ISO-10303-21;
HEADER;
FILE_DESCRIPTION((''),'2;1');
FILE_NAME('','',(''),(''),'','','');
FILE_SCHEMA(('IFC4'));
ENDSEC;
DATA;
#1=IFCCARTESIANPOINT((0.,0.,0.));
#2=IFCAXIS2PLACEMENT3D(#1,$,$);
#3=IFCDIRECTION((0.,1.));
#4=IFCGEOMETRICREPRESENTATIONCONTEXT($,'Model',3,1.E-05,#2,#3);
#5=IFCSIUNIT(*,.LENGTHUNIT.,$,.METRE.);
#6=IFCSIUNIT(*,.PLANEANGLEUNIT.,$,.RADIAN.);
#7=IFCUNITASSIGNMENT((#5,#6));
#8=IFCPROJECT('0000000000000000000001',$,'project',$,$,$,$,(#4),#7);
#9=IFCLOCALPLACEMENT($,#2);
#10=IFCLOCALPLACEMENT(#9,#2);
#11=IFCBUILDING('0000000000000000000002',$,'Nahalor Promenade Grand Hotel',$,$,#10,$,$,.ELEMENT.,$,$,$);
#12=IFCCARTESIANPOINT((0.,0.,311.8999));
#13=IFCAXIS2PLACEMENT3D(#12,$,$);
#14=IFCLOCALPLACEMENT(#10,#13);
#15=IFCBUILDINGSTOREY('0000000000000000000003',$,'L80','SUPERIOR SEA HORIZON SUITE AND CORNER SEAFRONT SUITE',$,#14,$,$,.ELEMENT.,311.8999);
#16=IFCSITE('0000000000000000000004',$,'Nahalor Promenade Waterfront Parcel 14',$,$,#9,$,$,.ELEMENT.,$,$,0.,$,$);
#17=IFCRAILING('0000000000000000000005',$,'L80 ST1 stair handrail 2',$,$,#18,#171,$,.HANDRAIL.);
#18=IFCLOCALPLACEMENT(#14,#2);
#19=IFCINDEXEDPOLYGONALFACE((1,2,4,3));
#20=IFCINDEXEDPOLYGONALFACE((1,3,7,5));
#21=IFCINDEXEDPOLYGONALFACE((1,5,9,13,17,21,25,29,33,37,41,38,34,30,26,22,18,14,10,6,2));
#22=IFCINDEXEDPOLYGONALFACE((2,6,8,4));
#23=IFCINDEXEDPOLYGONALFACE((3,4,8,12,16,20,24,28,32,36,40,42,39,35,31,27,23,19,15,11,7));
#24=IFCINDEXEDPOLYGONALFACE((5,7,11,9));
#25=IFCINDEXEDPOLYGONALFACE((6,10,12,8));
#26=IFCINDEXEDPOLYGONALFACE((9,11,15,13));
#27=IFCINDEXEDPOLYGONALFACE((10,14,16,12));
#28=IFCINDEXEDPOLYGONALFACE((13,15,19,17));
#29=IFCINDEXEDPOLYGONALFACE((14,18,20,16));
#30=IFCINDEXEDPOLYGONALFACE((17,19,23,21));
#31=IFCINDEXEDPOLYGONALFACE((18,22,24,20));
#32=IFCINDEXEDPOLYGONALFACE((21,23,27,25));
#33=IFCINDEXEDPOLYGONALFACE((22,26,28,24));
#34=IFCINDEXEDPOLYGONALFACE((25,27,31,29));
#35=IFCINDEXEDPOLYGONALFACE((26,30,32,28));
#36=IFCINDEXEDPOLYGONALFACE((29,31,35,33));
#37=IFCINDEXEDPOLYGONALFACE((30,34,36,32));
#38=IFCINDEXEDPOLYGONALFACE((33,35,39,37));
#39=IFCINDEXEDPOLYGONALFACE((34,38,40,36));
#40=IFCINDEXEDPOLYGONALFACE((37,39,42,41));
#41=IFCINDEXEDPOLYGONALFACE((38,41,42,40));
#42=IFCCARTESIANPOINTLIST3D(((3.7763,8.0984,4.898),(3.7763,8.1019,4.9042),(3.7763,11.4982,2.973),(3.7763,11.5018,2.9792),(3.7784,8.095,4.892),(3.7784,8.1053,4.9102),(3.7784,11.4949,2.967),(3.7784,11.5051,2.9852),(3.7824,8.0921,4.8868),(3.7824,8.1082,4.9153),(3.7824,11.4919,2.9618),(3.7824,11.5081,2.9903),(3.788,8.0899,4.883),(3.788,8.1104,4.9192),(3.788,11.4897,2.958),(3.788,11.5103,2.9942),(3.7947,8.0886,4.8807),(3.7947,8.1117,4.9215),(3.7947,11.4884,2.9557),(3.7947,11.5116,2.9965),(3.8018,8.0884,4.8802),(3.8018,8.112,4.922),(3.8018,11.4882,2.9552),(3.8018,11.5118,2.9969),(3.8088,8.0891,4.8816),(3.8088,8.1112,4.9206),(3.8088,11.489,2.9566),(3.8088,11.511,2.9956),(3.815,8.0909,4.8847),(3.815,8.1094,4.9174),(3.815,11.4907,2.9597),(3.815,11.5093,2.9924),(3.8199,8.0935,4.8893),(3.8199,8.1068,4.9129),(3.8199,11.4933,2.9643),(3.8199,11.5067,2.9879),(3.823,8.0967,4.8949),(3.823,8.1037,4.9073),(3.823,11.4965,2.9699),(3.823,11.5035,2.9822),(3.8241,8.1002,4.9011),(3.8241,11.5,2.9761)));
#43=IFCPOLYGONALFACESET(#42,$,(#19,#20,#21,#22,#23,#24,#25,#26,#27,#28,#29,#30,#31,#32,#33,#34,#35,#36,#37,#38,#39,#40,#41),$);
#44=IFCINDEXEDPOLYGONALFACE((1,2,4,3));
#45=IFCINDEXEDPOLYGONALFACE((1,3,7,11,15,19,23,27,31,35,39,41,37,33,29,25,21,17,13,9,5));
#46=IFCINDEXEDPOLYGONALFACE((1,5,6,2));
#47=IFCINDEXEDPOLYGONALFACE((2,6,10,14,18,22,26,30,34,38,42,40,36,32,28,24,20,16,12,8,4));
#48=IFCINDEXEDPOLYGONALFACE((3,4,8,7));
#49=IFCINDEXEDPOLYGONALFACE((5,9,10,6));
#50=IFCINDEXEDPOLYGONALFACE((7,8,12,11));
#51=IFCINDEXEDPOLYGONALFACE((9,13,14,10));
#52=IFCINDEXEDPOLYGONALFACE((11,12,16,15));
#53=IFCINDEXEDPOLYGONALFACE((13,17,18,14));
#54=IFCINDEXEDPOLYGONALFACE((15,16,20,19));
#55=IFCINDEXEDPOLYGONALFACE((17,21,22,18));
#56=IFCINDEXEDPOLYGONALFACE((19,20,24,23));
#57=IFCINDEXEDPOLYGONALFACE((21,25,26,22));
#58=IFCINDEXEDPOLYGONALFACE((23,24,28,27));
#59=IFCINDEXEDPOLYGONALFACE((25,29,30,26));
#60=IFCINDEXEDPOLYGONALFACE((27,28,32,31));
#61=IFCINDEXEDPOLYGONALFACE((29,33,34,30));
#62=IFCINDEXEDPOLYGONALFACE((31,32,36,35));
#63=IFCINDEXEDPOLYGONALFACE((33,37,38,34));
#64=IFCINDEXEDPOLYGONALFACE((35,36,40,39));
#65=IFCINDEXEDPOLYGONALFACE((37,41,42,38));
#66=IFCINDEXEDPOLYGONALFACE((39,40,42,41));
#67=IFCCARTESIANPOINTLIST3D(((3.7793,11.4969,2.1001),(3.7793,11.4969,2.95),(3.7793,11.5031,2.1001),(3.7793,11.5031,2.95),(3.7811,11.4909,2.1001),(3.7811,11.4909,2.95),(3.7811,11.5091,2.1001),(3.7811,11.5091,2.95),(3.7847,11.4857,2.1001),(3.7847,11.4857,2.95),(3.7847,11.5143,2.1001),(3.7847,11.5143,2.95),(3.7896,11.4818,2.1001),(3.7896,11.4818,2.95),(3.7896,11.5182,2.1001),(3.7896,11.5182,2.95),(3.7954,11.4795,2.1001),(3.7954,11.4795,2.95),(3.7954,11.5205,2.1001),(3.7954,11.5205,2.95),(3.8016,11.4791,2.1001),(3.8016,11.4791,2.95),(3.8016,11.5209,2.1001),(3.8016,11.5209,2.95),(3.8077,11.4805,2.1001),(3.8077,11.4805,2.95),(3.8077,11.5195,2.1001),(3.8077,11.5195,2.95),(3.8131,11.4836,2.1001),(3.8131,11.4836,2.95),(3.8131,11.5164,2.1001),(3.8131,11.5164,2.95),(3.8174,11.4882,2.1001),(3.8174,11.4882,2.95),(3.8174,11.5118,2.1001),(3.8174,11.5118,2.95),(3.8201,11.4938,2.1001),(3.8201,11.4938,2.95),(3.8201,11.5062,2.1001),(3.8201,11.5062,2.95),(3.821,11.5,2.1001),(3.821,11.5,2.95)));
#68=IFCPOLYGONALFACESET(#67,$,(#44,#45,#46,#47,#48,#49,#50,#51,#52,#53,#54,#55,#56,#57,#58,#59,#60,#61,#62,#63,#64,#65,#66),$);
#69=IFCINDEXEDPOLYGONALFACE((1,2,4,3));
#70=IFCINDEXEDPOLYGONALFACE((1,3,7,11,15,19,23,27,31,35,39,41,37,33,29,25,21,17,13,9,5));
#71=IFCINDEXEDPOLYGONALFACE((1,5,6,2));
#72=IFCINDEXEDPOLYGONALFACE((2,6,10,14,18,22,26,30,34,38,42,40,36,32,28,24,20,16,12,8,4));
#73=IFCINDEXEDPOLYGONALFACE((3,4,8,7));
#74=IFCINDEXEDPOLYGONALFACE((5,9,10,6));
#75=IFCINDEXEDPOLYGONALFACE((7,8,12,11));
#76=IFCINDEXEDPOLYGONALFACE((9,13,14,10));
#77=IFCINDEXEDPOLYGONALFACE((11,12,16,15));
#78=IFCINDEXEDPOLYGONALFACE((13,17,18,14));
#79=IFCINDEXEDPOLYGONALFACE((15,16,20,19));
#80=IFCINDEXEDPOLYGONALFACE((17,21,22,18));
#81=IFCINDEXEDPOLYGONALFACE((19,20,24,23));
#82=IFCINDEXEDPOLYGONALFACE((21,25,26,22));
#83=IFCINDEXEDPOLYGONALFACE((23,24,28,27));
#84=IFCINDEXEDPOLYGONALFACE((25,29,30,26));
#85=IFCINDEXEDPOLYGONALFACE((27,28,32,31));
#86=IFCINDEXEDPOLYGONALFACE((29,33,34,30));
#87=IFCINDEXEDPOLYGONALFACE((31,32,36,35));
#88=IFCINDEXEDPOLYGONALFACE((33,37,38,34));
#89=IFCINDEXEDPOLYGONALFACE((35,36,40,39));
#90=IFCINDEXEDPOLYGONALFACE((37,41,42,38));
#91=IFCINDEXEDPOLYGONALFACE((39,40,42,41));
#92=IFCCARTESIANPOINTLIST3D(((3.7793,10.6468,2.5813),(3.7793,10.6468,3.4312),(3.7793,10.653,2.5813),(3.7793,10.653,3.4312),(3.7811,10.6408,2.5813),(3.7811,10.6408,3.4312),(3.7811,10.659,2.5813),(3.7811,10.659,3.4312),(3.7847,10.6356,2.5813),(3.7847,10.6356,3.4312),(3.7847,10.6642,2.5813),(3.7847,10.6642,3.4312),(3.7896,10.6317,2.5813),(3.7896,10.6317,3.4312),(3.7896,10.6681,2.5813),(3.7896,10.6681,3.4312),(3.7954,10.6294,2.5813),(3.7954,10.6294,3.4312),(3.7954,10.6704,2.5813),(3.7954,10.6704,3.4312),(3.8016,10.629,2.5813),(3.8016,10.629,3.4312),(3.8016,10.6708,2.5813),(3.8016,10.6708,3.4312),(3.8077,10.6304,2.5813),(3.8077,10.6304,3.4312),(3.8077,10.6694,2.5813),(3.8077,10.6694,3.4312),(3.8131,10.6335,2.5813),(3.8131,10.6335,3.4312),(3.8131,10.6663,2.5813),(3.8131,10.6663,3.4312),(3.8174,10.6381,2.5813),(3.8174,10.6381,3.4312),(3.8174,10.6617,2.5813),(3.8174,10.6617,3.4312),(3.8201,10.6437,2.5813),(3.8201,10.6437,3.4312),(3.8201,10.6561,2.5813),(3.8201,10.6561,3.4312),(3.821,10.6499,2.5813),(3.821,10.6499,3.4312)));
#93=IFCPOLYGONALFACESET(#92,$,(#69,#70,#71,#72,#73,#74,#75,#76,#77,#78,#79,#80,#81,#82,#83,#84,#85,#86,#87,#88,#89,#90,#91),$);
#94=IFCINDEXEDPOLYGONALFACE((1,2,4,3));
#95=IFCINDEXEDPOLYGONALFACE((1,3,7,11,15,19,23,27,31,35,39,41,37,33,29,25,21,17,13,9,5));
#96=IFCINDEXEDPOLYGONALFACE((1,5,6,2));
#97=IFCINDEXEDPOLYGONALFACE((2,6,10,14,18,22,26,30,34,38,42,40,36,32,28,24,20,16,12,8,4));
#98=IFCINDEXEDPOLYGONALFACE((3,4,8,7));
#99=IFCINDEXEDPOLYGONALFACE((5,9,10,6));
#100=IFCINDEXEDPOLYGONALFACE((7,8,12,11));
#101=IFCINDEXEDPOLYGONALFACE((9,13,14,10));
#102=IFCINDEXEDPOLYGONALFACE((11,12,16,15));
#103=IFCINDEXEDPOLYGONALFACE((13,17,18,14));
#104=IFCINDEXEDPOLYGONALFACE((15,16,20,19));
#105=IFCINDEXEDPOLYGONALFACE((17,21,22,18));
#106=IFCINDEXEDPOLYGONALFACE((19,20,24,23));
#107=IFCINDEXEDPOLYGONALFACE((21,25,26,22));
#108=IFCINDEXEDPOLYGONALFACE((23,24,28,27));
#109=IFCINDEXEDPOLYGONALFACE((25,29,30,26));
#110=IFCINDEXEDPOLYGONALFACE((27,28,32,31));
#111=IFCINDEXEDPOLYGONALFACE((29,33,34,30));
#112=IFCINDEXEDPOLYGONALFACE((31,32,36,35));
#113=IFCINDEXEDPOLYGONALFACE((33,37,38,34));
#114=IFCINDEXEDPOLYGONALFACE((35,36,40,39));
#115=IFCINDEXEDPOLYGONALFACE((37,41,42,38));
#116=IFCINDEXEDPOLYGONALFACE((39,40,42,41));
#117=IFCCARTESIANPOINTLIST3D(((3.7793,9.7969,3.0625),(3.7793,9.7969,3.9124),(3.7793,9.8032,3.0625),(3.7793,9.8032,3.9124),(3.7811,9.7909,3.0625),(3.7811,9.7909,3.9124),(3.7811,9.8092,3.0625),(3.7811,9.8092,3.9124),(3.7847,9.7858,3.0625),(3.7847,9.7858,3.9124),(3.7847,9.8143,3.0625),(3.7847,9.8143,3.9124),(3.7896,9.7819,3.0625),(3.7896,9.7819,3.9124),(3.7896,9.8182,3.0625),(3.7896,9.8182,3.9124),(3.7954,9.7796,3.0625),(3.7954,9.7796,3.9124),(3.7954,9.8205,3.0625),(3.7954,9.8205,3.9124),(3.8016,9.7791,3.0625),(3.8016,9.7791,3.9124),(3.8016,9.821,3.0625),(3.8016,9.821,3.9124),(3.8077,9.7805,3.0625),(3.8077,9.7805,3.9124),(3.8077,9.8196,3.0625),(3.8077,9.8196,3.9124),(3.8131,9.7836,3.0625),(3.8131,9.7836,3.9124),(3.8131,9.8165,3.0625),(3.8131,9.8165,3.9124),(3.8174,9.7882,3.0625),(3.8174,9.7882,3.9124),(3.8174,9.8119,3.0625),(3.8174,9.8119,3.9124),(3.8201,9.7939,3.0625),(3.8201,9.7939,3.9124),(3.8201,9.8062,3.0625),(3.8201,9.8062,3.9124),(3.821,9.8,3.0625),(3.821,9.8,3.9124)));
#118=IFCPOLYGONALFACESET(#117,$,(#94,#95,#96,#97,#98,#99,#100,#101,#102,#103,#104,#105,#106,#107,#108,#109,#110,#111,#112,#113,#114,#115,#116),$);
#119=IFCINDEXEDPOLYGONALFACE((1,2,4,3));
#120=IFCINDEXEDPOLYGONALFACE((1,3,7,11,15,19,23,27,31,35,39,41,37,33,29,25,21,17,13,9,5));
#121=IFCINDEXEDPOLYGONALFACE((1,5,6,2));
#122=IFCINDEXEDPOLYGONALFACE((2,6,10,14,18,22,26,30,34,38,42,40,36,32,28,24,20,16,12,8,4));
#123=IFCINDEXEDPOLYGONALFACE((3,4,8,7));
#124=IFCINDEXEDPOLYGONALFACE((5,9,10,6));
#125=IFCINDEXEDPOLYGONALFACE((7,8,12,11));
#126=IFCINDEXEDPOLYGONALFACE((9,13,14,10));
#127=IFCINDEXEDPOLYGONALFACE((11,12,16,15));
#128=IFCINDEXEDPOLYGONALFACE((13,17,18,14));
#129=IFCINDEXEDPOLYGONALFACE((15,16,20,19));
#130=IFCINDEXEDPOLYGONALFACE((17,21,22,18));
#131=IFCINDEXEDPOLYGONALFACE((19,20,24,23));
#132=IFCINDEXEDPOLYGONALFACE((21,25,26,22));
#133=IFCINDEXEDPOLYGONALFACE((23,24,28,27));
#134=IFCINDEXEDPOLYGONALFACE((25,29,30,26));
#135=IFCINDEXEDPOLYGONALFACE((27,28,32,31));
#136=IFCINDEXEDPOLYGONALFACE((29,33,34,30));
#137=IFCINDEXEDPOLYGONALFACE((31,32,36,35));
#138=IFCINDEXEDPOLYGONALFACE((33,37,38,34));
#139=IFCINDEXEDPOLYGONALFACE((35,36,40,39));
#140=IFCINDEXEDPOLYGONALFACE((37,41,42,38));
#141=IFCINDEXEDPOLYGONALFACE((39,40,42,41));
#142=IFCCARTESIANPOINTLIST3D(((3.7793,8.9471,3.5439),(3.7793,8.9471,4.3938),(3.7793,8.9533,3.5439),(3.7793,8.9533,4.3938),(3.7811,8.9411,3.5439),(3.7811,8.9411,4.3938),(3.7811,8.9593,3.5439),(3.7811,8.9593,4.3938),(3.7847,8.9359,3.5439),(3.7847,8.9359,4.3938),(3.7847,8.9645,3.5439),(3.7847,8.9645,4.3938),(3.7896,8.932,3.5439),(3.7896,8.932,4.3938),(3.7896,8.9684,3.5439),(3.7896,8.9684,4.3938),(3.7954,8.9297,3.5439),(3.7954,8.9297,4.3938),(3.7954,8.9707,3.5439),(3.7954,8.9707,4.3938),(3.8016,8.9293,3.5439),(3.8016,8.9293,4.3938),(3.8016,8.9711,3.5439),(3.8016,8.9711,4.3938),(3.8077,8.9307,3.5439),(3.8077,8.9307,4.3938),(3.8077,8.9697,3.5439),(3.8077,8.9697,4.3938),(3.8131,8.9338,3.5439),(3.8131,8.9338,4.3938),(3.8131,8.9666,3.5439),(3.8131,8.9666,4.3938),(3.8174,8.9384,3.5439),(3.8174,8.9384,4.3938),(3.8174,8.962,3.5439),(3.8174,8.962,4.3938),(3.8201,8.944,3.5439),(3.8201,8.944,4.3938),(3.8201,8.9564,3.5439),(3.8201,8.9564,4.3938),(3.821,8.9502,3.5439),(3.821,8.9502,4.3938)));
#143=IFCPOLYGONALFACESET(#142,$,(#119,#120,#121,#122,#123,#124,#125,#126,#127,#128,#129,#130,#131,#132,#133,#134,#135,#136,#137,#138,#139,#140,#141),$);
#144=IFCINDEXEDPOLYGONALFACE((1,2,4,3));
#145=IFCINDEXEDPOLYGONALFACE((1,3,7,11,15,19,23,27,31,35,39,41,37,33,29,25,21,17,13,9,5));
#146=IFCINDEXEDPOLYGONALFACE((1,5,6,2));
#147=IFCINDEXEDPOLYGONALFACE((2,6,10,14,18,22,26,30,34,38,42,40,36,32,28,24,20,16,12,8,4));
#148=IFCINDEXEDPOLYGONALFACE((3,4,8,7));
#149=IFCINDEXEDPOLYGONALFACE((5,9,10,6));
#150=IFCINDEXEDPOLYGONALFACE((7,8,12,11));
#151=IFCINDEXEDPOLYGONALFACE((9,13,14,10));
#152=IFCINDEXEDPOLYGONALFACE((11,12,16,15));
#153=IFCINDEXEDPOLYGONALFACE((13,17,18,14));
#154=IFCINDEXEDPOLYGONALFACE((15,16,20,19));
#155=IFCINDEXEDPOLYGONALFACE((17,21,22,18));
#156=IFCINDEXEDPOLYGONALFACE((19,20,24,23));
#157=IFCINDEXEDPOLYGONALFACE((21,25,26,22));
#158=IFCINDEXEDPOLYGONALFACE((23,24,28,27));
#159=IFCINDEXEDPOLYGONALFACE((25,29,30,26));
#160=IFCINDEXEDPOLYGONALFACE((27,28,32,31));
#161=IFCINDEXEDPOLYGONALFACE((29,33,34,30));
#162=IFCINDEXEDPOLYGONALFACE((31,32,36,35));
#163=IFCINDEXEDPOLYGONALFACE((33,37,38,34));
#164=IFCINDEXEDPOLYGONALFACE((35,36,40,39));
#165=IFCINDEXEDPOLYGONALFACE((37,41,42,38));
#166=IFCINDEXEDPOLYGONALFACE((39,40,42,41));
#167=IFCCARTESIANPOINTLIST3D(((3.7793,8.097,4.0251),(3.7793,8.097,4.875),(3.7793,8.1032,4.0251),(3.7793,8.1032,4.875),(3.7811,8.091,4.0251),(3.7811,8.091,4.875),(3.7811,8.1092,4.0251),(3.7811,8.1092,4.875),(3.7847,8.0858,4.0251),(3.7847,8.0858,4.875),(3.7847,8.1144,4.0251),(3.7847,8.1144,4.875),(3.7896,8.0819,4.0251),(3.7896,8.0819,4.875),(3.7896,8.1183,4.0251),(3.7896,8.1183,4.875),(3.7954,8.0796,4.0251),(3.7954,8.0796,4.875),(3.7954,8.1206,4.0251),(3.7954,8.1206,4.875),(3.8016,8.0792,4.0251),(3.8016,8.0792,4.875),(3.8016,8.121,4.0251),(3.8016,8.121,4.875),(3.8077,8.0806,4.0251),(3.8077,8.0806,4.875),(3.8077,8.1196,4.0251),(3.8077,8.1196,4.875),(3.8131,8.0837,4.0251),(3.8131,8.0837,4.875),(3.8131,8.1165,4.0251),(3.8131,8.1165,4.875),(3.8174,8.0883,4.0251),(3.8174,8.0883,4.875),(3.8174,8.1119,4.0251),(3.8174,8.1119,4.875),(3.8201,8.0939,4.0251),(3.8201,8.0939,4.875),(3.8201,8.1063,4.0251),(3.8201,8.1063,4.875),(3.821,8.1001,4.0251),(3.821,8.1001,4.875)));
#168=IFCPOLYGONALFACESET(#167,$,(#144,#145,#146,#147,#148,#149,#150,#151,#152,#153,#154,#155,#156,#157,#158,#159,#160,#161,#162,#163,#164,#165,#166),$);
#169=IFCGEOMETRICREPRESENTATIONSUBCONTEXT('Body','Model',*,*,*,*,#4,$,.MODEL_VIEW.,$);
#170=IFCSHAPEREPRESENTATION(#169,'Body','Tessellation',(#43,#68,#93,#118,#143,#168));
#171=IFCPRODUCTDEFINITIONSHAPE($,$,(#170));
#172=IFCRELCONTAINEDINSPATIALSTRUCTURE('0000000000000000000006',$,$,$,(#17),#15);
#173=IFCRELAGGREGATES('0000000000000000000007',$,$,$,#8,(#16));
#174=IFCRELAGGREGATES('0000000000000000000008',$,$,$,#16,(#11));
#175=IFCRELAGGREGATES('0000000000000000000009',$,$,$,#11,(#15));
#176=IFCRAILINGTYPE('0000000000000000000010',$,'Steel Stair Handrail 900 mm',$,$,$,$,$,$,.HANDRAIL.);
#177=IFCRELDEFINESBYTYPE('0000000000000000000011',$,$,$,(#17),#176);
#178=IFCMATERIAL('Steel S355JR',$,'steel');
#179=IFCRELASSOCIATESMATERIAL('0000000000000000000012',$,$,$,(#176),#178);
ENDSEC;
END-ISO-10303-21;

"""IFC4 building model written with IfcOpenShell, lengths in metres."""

from ifc_helpers import new_model, si_unit, direction, frame, origin, origin_2d, place, context, subcontext, project, spatial, circle, extrude, material, type_object, element, save


model = new_model("IFC4")

# Units and contexts
model_context = context("Model", 3, precision=1e-05, world=origin(), true_north=direction((0.0, 1.0)))
body_context = subcontext(model_context, "Body", "Model", "MODEL_VIEW")
ifc_project = project(units=[si_unit("LENGTHUNIT", "METRE"), si_unit("PLANEANGLEUNIT", "RADIAN")], contexts=[model_context])

# Site, building, storey
site_placement = place(None, origin())
site = spatial("IfcSite", under=ifc_project, at=site_placement, Name="Nahalor Promenade Waterfront Parcel 14", CompositionType="ELEMENT", RefElevation=0.0)
building_placement = place(site_placement, origin())
building = spatial("IfcBuilding", under=site, at=building_placement, Name="Nahalor Promenade Grand Hotel", CompositionType="ELEMENT")
storey_placement = place(building_placement, frame((0.0, 0.0, 311.8999)))
storey = spatial("IfcBuildingStorey", under=building, at=storey_placement, Name="L80", Description="SUPERIOR SEA HORIZON SUITE AND CORNER SEAFRONT SUITE", CompositionType="ELEMENT", Elevation=311.8999)

# Shared definitions
ifc_material_1 = material(Name="Steel S355JR", Category="steel")

# Railing
railing_type_1 = type_object("IfcRailingType", Name="Steel Stair Handrail 900 mm", PredefinedType="HANDRAIL", material=ifc_material_1)
railing_1_placement = place(storey_placement, frame((3.8, 11.5, 2.1001)))
element("IfcRailing", 1, at=railing_1_placement, inside=storey, type_object=railing_type_1, Name="L80 ST1 stair handrail 2", PredefinedType="HANDRAIL", context=body_context, shape_type="SweptSolid", body=[
    extrude(circle(Radius=0.024, at=origin_2d()), frame((0.0, 0.0, 0.876), z_axis=(0.0, -0.870194, 0.49271), x_axis=(1.0, 0.0, 0.0)), (0.0, 0.0, 1.0), 3.907),
    extrude(circle(Radius=0.021, at=origin_2d()), origin(), (0.0, 0.0, 1.0), 0.8499),
    extrude(circle(Radius=0.021, at=origin_2d()), frame((0.0, -0.8501, 0.4812)), (0.0, 0.0, 1.0), 0.8499),
    extrude(circle(Radius=0.021, at=origin_2d()), frame((0.0, -1.7, 0.9624)), (0.0, 0.0, 1.0), 0.8499),
    extrude(circle(Radius=0.021, at=origin_2d()), frame((0.0, -2.5498, 1.4438)), (0.0, 0.0, 1.0), 0.8499),
    extrude(circle(Radius=0.021, at=origin_2d()), frame((0.0, -3.3999, 1.925)), (0.0, 0.0, 1.0), 0.8499),
])

save(model, "model.ifc")
